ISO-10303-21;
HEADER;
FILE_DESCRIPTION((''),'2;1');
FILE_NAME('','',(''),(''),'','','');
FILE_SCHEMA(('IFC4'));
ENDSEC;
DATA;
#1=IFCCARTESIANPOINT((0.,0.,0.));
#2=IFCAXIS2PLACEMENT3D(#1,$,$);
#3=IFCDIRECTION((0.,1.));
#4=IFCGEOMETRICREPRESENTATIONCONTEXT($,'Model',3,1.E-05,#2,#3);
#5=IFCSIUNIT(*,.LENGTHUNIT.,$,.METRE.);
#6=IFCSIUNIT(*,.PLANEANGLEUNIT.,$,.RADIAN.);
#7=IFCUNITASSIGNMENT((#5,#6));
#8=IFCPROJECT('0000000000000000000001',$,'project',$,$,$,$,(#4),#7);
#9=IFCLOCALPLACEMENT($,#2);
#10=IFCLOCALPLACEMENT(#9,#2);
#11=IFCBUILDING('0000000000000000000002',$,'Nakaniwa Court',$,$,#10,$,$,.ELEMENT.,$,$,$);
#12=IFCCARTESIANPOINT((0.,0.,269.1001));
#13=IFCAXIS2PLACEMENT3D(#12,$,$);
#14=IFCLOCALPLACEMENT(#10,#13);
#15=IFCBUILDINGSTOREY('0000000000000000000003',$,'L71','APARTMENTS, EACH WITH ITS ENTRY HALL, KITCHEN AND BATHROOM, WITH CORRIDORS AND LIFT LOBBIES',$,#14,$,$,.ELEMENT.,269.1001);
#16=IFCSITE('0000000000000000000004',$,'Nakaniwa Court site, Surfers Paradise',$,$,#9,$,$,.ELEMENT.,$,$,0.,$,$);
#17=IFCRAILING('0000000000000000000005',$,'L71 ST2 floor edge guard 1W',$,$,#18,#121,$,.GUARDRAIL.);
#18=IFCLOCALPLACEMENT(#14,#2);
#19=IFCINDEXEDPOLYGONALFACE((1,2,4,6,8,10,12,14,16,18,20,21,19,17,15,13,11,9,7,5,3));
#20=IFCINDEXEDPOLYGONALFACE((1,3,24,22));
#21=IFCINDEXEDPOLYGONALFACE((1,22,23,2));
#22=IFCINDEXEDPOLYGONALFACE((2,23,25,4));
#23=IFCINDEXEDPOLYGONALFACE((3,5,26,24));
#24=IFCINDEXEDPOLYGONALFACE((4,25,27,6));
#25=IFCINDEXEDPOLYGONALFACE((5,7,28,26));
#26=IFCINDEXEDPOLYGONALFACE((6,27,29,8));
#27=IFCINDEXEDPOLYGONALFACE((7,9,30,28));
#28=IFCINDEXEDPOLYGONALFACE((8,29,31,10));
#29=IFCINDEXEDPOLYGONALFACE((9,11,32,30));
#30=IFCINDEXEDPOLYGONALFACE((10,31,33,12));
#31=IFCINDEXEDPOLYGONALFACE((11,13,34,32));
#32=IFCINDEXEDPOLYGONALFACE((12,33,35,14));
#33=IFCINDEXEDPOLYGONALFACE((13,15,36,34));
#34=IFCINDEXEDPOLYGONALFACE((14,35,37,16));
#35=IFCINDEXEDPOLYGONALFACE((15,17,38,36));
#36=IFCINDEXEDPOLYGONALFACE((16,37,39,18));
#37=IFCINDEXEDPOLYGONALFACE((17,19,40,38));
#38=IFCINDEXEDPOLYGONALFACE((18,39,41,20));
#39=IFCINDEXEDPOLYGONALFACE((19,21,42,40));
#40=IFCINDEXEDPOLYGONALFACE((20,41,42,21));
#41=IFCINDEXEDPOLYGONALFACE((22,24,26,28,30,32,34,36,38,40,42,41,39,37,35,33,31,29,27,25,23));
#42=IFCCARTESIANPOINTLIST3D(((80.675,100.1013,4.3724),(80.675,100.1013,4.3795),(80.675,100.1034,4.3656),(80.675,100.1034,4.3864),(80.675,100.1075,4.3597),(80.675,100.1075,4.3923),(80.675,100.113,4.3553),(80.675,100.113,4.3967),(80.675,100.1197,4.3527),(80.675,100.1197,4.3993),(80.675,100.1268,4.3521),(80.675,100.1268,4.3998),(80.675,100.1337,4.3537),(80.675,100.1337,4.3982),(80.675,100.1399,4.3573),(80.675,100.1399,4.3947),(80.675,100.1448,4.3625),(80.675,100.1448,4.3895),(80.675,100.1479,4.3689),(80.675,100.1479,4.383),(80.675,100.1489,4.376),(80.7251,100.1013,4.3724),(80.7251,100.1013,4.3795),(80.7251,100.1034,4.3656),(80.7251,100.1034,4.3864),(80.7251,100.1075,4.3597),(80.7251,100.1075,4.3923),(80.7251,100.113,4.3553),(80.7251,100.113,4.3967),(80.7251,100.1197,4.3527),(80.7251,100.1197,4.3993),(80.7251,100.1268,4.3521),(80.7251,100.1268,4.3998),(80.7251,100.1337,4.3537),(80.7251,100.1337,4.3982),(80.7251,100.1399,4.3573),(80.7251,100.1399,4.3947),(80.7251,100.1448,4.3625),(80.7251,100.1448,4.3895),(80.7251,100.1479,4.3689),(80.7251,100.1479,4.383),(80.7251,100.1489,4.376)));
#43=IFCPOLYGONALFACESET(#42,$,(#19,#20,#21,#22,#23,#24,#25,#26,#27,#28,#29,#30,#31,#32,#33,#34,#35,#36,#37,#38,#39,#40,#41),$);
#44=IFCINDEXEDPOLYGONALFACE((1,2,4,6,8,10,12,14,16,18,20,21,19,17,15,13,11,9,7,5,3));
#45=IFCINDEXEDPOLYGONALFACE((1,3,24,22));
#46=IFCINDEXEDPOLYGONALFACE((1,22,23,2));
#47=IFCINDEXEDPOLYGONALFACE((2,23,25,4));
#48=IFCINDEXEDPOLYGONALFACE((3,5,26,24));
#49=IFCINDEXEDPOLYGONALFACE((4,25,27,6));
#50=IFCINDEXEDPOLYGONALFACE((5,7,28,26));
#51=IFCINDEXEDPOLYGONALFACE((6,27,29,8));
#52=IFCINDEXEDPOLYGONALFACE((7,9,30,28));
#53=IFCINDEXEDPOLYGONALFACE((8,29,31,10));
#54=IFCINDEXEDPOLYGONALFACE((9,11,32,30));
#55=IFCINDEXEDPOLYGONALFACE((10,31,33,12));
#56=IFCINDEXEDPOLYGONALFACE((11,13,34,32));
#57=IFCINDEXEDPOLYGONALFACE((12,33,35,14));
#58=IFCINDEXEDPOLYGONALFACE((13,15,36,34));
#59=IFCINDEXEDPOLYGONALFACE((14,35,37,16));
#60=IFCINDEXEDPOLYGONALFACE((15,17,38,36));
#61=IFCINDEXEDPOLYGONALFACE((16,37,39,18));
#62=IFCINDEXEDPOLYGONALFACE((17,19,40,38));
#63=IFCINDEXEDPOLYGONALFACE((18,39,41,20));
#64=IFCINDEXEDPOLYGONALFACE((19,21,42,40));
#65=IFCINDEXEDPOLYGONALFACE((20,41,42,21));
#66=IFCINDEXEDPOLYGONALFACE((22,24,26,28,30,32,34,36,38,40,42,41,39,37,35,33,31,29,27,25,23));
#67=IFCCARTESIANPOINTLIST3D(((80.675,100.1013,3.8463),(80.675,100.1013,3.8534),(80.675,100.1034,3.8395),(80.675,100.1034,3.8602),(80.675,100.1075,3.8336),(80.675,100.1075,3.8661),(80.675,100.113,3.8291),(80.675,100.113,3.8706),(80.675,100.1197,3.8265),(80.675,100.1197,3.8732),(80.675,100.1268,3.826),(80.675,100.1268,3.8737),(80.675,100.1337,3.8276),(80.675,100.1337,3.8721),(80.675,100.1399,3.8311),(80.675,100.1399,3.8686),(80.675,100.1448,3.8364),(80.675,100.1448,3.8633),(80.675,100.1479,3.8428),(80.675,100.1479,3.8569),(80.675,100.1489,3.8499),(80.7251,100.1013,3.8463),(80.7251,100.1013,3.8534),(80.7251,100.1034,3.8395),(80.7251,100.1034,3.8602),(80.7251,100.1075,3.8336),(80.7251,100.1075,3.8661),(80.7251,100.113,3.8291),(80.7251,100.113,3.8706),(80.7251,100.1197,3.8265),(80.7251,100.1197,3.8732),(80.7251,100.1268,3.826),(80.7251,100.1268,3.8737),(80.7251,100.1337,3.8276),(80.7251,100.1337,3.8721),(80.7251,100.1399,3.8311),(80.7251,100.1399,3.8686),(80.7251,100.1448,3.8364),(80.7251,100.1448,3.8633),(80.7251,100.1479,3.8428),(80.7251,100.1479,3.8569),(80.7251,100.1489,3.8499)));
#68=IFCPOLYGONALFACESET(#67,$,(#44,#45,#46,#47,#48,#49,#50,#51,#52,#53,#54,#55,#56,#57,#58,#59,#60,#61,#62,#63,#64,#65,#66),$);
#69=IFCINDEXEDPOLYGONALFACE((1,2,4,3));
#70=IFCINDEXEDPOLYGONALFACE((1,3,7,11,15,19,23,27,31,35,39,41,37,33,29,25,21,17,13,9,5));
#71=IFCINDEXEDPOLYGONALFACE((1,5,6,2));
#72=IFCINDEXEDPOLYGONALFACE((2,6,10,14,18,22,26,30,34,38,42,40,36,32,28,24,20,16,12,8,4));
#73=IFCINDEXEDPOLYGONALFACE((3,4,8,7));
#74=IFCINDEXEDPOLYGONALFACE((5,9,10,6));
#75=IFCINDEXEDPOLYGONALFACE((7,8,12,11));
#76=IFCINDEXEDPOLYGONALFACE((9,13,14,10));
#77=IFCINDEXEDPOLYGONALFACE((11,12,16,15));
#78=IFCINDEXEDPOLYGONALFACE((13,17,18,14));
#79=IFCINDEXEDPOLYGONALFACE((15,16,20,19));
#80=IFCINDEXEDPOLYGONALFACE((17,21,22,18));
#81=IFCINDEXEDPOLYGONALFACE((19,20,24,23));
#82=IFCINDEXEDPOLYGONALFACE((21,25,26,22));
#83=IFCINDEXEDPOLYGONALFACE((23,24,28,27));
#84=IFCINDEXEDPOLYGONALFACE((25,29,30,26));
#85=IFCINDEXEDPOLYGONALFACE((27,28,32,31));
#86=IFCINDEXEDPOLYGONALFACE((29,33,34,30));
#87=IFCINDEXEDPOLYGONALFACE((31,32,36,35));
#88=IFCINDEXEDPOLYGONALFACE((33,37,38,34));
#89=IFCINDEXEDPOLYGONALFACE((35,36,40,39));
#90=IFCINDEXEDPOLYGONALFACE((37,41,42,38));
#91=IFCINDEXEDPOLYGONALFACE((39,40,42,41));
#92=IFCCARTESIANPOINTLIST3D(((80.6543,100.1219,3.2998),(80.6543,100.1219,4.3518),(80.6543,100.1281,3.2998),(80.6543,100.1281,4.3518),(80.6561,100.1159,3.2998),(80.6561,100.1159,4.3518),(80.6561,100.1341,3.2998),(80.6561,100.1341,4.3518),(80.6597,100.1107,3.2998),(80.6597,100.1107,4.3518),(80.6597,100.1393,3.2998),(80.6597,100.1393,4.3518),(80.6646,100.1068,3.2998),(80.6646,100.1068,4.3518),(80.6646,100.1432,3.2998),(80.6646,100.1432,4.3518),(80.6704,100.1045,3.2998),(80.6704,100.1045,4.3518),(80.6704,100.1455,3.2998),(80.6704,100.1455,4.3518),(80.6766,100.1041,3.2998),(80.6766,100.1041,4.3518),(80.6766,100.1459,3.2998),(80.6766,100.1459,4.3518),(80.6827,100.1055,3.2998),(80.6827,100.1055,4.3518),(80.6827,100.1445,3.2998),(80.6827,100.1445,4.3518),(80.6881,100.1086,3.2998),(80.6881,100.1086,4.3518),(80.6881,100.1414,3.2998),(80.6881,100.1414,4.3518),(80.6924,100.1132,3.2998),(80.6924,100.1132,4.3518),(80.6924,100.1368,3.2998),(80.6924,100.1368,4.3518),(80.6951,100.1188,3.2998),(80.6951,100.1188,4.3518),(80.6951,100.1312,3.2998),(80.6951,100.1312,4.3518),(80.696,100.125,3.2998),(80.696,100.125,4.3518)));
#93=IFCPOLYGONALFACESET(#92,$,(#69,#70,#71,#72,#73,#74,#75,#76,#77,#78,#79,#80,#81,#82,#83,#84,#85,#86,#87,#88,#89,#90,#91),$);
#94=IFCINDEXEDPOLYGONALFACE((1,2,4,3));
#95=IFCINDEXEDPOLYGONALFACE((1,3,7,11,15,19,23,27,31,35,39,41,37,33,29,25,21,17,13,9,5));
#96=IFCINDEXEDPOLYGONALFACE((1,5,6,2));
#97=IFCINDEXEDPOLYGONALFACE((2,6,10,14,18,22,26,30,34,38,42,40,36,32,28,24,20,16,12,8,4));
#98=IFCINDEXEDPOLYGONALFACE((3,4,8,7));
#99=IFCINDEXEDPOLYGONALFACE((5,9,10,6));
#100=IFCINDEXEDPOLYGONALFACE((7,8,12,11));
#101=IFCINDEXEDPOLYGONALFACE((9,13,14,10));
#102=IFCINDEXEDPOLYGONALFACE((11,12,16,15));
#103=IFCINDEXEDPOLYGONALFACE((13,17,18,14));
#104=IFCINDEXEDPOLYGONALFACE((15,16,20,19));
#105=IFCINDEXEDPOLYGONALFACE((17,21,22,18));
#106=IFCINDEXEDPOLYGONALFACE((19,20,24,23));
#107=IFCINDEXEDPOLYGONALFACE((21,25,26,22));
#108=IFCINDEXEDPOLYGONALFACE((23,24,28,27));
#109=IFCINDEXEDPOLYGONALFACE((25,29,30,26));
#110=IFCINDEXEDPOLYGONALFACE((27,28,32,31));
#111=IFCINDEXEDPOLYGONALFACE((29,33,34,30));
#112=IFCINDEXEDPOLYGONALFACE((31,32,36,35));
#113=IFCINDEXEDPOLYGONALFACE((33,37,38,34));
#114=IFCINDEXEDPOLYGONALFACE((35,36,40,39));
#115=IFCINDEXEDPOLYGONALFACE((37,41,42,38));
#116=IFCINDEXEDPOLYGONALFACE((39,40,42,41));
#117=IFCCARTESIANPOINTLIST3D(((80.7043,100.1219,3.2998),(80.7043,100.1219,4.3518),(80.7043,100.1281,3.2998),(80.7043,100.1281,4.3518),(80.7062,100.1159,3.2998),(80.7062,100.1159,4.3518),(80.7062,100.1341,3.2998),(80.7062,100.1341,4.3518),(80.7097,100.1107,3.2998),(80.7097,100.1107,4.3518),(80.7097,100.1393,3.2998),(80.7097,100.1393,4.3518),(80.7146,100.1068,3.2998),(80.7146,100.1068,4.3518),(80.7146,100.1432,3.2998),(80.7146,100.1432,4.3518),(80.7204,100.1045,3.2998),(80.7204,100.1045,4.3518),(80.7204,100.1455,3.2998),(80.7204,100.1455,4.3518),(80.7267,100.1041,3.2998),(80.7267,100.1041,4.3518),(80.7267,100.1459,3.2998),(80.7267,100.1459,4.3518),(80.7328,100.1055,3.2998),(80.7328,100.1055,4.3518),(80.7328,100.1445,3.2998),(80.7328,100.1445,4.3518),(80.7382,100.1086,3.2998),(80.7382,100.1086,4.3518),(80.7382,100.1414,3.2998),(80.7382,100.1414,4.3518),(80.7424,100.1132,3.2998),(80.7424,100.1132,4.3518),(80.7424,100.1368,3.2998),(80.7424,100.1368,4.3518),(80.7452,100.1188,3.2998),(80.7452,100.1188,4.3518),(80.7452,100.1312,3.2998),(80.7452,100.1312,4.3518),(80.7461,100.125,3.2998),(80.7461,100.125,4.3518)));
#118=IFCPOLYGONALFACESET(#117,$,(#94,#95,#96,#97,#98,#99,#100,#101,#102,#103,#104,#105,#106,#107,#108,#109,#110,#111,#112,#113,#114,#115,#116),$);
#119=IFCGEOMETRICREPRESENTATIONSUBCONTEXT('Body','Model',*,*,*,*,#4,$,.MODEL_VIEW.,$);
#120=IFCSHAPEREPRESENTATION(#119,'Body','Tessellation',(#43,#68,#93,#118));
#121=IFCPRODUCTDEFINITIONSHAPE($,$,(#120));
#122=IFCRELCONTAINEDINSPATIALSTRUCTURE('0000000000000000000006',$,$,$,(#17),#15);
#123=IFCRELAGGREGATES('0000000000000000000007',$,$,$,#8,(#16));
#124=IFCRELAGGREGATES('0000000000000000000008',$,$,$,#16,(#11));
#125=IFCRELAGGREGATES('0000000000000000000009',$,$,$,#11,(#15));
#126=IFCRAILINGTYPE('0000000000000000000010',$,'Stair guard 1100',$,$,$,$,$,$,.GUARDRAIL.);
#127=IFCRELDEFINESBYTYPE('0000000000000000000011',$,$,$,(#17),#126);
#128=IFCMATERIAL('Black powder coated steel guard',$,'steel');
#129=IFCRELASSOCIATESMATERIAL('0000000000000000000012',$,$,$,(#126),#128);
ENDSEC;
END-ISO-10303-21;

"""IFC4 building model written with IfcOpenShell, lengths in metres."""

from ifc_helpers import new_model, si_unit, direction, frame, origin, origin_2d, place, context, subcontext, project, spatial, circle, extrude, material, type_object, element, save


model = new_model("IFC4")

# Units and contexts
model_context = context("Model", 3, precision=1e-05, world=origin(), true_north=direction((0.0, 1.0)))
body_context = subcontext(model_context, "Body", "Model", "MODEL_VIEW")
ifc_project = project(units=[si_unit("LENGTHUNIT", "METRE"), si_unit("PLANEANGLEUNIT", "RADIAN")], contexts=[model_context])

# Site, building, storey
site_placement = place(None, origin())
site = spatial("IfcSite", under=ifc_project, at=site_placement, Name="Nakaniwa Court site, Surfers Paradise", CompositionType="ELEMENT", RefElevation=0.0)
building_placement = place(site_placement, origin())
building = spatial("IfcBuilding", under=site, at=building_placement, Name="Nakaniwa Court", CompositionType="ELEMENT")
storey_placement = place(building_placement, frame((0.0, 0.0, 269.1001)))
storey = spatial("IfcBuildingStorey", under=building, at=storey_placement, Name="L71", Description="APARTMENTS, EACH WITH ITS ENTRY HALL, KITCHEN AND BATHROOM, WITH CORRIDORS AND LIFT LOBBIES", CompositionType="ELEMENT", Elevation=269.1001)

# Railing
ifc_material_1 = material(Name="Black powder coated steel guard", Category="steel")
railing_type_1 = type_object("IfcRailingType", Name="Stair guard 1100", PredefinedType="GUARDRAIL", material=ifc_material_1)
for number, where, name in (
    (1, (80.675, 100.125, 3.2998), "L71 ST2 floor edge guard 1W"),
):
    element("IfcRailing", number, at=place(storey_placement, frame(where)), inside=storey, type_object=railing_type_1, Name=name, PredefinedType="GUARDRAIL", context=body_context, shape_type="SweptSolid", body=[
        extrude(circle(Radius=0.0239, at=origin_2d()), frame((0.0, 0.0, 1.0762), z_axis=(1.0, 0.0, 0.0), x_axis=(0.0, 1.0, 0.0)), (0.0, 0.0, 1.0), 0.05),
        extrude(circle(Radius=0.0239, at=origin_2d()), frame((0.0, 0.0, 0.55), z_axis=(1.0, 0.0, 0.0), x_axis=(0.0, 1.0, 0.0)), (0.0, 0.0, 1.0), 0.05),
        extrude(circle(Radius=0.021, at=origin_2d()), origin(), (0.0, 0.0, 1.0), 1.052),
        extrude(circle(Radius=0.021, at=origin_2d()), frame((0.05, 0.0, 0.0)), (0.0, 0.0, 1.0), 1.052),
    ])

save(model, "model.ifc")
